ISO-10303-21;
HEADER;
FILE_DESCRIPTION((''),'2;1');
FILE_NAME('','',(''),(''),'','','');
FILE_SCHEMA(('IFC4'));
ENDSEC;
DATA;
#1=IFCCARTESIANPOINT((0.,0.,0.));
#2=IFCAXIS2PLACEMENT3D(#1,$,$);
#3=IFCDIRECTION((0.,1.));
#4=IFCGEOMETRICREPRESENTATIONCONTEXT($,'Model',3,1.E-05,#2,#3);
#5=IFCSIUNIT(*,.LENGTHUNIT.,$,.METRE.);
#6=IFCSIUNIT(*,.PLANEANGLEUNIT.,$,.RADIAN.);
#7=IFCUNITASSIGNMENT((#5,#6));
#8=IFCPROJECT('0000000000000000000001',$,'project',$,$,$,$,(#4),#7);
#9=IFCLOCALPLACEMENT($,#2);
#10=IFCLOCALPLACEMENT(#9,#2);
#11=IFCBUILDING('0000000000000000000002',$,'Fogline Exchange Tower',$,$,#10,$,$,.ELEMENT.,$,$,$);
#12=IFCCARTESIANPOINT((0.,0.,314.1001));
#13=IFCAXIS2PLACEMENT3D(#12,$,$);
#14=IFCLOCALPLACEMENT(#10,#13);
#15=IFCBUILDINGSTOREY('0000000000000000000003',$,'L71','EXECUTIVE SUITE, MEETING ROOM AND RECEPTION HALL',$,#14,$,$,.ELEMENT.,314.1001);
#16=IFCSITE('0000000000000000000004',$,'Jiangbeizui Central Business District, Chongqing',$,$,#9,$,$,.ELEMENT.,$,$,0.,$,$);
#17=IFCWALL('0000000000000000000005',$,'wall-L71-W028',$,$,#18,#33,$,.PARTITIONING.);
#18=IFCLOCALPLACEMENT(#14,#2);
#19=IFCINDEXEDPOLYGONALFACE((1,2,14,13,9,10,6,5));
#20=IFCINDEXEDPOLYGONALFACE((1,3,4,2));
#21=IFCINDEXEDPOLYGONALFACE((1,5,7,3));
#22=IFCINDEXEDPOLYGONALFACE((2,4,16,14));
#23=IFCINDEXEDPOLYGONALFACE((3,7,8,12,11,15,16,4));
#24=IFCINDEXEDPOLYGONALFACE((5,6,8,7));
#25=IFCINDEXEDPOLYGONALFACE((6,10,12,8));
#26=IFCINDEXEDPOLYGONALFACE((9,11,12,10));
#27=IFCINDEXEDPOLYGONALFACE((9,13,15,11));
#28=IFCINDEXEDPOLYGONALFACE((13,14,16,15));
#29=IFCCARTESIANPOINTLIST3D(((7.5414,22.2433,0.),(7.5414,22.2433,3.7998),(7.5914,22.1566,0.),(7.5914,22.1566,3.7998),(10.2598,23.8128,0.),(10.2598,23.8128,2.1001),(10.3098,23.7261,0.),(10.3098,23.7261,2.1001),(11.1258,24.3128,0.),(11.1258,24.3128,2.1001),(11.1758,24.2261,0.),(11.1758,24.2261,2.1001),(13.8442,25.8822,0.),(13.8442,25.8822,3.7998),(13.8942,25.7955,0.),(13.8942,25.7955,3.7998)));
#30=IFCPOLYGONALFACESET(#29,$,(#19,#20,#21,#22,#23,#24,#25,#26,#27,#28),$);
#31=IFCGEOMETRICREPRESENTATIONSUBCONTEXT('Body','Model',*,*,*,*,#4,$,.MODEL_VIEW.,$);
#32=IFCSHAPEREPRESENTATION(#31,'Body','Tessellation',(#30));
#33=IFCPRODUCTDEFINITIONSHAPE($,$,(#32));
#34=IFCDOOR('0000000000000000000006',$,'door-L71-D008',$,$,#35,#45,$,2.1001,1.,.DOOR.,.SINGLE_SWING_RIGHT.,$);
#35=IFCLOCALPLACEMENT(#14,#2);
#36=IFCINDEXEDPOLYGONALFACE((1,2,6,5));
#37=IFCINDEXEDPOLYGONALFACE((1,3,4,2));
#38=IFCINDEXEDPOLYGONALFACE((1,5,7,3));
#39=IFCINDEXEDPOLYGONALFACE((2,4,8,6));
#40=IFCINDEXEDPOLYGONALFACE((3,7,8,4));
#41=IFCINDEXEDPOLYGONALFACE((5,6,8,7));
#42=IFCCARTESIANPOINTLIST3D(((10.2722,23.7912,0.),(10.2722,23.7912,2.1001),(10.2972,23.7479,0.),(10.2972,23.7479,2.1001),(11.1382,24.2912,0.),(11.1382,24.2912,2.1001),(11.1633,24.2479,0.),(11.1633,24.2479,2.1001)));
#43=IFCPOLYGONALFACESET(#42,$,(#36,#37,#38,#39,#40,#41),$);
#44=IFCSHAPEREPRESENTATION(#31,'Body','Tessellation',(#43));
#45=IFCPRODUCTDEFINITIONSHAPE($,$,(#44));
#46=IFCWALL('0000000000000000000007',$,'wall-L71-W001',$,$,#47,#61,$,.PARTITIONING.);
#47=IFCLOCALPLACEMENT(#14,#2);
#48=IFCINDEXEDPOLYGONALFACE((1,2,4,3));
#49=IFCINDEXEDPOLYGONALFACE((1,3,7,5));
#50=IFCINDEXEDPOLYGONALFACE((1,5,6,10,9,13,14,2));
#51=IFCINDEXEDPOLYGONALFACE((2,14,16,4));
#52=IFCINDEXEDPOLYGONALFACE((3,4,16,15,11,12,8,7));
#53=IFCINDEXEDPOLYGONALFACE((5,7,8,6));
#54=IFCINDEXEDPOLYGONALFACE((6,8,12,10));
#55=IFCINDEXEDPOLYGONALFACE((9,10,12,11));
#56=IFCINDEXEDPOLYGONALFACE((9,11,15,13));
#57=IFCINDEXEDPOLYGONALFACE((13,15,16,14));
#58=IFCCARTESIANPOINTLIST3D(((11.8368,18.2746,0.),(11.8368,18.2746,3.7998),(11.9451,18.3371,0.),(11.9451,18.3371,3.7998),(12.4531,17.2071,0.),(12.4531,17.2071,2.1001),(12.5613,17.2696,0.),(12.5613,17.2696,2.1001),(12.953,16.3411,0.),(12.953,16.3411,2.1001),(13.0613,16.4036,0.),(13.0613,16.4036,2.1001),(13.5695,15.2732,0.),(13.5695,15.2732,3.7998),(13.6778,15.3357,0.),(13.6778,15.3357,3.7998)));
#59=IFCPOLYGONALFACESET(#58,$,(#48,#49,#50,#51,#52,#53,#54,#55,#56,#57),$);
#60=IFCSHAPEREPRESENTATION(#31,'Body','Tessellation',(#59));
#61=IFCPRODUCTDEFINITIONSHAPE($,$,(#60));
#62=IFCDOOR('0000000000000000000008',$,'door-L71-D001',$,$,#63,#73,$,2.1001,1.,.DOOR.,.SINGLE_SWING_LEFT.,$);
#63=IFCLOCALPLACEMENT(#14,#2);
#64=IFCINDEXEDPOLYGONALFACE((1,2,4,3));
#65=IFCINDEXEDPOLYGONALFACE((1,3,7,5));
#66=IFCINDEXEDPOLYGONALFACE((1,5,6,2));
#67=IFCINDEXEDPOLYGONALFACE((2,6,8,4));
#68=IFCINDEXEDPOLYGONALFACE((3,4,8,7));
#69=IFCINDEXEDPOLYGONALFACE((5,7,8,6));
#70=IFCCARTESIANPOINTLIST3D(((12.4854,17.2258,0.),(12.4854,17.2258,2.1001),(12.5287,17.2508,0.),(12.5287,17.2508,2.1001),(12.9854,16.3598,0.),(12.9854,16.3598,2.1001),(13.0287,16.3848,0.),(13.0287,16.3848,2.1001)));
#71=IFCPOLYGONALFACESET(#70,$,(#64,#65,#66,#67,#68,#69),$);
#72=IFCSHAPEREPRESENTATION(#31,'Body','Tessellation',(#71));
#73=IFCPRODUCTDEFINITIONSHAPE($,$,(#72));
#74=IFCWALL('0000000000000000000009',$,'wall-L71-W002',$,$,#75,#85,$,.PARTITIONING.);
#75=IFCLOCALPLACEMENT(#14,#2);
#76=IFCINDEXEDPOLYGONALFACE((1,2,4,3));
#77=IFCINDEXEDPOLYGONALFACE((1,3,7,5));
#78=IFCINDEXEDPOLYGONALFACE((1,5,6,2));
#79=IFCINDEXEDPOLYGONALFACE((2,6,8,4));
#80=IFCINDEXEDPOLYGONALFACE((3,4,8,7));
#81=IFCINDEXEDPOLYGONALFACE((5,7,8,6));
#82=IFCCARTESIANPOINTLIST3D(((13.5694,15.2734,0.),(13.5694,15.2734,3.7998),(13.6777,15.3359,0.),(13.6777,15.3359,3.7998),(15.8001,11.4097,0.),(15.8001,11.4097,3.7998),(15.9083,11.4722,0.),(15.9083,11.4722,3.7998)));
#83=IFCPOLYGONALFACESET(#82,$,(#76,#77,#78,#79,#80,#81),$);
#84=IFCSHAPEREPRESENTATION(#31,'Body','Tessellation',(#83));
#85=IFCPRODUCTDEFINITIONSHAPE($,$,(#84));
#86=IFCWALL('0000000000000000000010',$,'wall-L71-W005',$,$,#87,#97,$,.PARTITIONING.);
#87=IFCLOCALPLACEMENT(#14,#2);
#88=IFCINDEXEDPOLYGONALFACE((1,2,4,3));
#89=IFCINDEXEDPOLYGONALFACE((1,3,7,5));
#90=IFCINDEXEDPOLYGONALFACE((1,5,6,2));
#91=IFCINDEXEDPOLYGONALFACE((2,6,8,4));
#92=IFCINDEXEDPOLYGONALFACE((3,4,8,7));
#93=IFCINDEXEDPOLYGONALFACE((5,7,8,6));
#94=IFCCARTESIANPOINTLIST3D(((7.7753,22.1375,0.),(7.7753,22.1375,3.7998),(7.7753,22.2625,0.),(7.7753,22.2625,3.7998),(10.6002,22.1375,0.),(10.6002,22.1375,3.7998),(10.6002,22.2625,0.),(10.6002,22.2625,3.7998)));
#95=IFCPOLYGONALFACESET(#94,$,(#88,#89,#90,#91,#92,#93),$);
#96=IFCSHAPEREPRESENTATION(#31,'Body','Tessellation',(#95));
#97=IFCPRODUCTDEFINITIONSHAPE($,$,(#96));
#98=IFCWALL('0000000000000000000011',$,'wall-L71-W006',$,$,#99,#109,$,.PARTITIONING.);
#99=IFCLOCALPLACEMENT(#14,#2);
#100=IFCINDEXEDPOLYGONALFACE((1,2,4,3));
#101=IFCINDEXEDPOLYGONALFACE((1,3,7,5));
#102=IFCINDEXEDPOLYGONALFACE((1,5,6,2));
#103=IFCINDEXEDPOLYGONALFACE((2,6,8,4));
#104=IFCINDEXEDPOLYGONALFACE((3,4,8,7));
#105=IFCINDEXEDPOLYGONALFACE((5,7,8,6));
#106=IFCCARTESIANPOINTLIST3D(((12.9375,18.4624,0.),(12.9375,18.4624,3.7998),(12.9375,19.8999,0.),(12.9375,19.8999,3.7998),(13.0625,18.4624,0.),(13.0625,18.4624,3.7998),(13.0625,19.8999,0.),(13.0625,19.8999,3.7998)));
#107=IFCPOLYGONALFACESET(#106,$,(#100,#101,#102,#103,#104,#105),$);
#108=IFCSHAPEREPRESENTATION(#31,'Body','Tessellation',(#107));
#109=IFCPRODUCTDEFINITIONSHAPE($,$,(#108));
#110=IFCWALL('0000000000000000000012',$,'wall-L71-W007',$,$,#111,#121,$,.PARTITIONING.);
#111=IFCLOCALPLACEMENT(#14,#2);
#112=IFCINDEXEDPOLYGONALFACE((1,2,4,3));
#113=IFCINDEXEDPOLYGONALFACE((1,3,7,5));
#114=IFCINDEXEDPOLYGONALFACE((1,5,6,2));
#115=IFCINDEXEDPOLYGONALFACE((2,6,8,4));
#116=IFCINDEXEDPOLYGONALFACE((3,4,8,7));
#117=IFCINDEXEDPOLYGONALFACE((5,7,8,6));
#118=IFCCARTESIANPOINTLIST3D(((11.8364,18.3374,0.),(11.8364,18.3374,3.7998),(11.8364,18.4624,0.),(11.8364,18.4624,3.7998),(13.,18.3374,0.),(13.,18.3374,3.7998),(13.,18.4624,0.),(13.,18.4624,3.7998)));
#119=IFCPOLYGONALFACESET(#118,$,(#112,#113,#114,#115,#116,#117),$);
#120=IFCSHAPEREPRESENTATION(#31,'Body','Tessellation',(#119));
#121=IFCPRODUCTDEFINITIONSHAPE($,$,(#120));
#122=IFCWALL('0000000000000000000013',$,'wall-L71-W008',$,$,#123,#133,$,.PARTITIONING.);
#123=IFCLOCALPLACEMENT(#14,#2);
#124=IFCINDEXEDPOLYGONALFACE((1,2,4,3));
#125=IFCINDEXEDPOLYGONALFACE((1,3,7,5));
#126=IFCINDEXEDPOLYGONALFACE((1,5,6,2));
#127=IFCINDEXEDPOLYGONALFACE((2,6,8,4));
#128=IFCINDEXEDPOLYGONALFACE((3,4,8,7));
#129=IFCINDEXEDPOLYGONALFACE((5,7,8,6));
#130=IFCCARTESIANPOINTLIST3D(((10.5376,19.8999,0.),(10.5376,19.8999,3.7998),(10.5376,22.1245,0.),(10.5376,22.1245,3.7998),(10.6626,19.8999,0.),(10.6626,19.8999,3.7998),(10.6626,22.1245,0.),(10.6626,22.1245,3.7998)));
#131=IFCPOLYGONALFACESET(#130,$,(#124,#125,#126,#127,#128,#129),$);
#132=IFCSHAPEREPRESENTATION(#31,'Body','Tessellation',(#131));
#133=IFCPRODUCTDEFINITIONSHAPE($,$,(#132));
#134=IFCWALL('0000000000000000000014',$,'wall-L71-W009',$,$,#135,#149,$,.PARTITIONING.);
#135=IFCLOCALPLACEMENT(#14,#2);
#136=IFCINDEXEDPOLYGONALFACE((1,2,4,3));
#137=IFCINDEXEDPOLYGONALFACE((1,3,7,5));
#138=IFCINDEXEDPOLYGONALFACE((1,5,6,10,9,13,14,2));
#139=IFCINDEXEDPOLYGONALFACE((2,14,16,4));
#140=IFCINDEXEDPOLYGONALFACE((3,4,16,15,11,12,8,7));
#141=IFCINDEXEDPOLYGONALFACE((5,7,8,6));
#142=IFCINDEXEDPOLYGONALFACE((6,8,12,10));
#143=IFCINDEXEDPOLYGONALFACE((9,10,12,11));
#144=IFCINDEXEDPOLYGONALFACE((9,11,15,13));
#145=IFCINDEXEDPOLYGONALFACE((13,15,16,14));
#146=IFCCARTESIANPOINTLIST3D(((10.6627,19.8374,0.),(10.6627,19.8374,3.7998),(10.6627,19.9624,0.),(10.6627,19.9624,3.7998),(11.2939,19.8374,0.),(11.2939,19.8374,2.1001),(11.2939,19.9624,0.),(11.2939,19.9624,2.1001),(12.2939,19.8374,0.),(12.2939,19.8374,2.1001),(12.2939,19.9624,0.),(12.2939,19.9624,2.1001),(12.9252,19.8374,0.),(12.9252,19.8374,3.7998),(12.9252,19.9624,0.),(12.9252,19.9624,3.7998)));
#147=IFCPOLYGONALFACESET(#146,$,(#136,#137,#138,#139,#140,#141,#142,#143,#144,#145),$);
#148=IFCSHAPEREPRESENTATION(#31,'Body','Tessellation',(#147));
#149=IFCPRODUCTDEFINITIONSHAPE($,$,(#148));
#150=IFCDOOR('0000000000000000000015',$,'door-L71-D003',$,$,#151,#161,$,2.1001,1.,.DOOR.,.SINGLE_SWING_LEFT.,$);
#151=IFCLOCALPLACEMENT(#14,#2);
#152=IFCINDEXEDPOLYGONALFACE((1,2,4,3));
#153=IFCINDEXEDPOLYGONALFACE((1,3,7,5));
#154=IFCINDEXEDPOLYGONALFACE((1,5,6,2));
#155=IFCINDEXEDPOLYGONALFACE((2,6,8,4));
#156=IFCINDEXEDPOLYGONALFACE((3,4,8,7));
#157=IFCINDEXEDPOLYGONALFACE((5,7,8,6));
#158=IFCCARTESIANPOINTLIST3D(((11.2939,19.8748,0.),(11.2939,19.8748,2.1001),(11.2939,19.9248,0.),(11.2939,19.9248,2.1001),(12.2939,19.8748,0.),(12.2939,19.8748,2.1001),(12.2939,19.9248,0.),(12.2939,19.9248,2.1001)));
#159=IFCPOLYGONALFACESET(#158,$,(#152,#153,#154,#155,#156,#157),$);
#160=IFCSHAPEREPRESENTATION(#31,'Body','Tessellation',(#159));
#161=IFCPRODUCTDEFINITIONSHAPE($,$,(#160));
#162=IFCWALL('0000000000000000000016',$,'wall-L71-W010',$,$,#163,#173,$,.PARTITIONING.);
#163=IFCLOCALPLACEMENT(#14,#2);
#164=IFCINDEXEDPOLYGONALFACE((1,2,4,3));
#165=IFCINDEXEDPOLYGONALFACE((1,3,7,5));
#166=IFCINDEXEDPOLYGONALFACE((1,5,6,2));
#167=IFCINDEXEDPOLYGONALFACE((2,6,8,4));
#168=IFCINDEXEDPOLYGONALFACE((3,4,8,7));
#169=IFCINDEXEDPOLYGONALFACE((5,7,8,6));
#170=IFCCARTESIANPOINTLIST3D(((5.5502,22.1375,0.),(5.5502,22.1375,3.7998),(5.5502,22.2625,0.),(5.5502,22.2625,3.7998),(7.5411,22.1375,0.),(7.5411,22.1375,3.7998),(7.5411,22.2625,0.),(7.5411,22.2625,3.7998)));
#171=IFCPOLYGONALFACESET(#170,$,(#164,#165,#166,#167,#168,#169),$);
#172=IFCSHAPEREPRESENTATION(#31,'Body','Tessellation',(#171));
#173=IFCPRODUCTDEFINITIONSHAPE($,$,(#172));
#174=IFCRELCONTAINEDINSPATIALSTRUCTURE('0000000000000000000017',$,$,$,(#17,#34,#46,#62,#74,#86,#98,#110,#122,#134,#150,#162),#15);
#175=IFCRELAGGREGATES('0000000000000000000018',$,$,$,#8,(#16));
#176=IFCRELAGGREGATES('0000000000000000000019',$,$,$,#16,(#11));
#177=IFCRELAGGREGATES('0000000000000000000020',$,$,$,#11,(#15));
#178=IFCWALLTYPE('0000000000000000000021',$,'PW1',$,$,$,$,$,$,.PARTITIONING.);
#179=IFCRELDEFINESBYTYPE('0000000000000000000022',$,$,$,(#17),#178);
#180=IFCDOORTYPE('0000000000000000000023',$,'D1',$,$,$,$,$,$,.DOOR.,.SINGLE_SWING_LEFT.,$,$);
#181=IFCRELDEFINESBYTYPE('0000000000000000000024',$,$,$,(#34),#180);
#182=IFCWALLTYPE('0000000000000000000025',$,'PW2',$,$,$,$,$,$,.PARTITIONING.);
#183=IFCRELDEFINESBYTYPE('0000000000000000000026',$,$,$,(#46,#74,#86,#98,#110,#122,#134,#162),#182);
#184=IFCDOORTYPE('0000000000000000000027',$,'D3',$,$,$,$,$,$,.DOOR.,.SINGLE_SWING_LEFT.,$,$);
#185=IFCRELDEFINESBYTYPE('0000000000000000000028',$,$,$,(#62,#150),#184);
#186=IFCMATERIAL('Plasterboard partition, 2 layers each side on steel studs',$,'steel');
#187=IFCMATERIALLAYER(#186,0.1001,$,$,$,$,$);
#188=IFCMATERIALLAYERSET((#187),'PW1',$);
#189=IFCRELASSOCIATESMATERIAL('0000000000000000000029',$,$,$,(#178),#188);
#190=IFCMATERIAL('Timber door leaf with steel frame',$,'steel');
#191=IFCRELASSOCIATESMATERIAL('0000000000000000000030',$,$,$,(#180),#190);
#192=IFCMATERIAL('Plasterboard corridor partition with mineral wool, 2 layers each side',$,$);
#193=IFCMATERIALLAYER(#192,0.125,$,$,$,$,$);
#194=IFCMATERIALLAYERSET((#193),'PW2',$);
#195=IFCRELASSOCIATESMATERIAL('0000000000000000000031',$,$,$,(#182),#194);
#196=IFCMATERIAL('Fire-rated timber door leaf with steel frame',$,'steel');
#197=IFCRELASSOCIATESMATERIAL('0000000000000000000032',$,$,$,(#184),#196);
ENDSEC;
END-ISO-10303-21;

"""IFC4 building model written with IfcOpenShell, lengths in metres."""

from ifc_helpers import new_model, si_unit, direction, frame, frame_2d, origin, place, context, subcontext, project, spatial, rectangle, extrude, material, layer, layer_set, type_object, element, fill, save


model = new_model("IFC4")

# Units and contexts
model_context = context("Model", 3, precision=1e-05, world=origin(), true_north=direction((0.0, 1.0)))
body_context = subcontext(model_context, "Body", "Model", "MODEL_VIEW")
ifc_project = project(units=[si_unit("LENGTHUNIT", "METRE"), si_unit("PLANEANGLEUNIT", "RADIAN")], contexts=[model_context])

# Site, building, storey
site_placement = place(None, origin())
site = spatial("IfcSite", under=ifc_project, at=site_placement, Name="Jiangbeizui Central Business District, Chongqing", CompositionType="ELEMENT", RefElevation=0.0)
building_placement = place(site_placement, origin())
building = spatial("IfcBuilding", under=site, at=building_placement, Name="Fogline Exchange Tower", CompositionType="ELEMENT")
storey_placement = place(building_placement, frame((0.0, 0.0, 314.1001)))
storey = spatial("IfcBuildingStorey", under=building, at=storey_placement, Name="L71", Description="EXECUTIVE SUITE, MEETING ROOM AND RECEPTION HALL", CompositionType="ELEMENT", Elevation=314.1001)

# Walls, openings, doors
ifc_material_1 = material(Name="Plasterboard partition, 2 layers each side on steel studs", Category="steel")
ifc_layer_1 = layer(ifc_material_1, 0.1001)
ifc_layer_set_1 = layer_set([ifc_layer_1], Name="PW1")
wall_type_1 = type_object("IfcWallType", Name="PW1", PredefinedType="PARTITIONING", material=ifc_layer_set_1)
wall_1_placement = place(storey_placement, frame((7.5664, 22.2, 0.0), z_axis=(0.0, 0.0, 1.0), x_axis=(0.866024, 0.500003, 0.0)))
wall_1 = element("IfcWall", 1, at=wall_1_placement, inside=storey, type_object=wall_type_1, Name="wall-L71-W028", PredefinedType="PARTITIONING", context=body_context, shape_type="SweptSolid", body=[
    extrude(rectangle(XDim=7.2778, YDim=0.1001, at=frame_2d((3.6389, 0.0))), origin(), (0.0, 0.0, 1.0), 3.7998),
])
opening_1_placement = place(wall_1_placement, frame((3.1389, 0.0, 0.0)))
opening_1 = element("IfcOpeningElement", 2, at=opening_1_placement, cuts=wall_1, PredefinedType="OPENING", context=body_context, shape_type="SweptSolid", body=[
    extrude(rectangle(XDim=1.0, YDim=2.1001, at=frame_2d((0.5, 1.05))), frame((0.0, 0.0601, 0.0), z_axis=(0.0, -1.0, 0.0), x_axis=(1.0, 0.0, 0.0)), (0.0, 0.0, 1.0), 0.1201),
])
ifc_material_2 = material(Name="Timber door leaf with steel frame", Category="steel")
door_type_1 = type_object("IfcDoorType", Name="D1", OperationType="SINGLE_SWING_LEFT", PredefinedType="DOOR", material=ifc_material_2)
door_1_placement = place(opening_1_placement, frame((1.0, 0.0, 0.0), z_axis=(0.0, 0.0, 1.0), x_axis=(-1.0, 0.0, 0.0)))
door_1 = element("IfcDoor", 3, at=door_1_placement, inside=storey, type_object=door_type_1, Name="door-L71-D008", OperationType="SINGLE_SWING_RIGHT", OverallHeight=2.1001, OverallWidth=1.0, PredefinedType="DOOR", context=body_context, shape_type="SweptSolid", body=[
    extrude(rectangle(XDim=1.0, YDim=2.1001, at=frame_2d((0.5, 1.05))), frame((0.0, 0.0249, 0.0), z_axis=(0.0, -1.0, 0.0), x_axis=(1.0, 0.0, 0.0)), (0.0, 0.0, 1.0), 0.05),
])
fill(opening_1, door_1)
ifc_material_3 = material(Name="Plasterboard corridor partition with mineral wool, 2 layers each side")
ifc_layer_2 = layer(ifc_material_3, 0.125)
ifc_layer_set_2 = layer_set([ifc_layer_2], Name="PW2")
wall_type_2 = type_object("IfcWallType", Name="PW2", PredefinedType="PARTITIONING", material=ifc_layer_set_2)
wall_2_placement = place(storey_placement, frame((11.8909, 18.3059, 0.0), z_axis=(0.0, 0.0, 1.0), x_axis=(0.499981, -0.866037, 0.0)))
wall_2 = element("IfcWall", 4, at=wall_2_placement, inside=storey, type_object=wall_type_2, Name="wall-L71-W001", PredefinedType="PARTITIONING", context=body_context, shape_type="SweptSolid", body=[
    extrude(rectangle(XDim=3.4656, YDim=0.125, at=frame_2d((1.7329, 0.0))), origin(), (0.0, 0.0, 1.0), 3.7998),
])
opening_2_placement = place(wall_2_placement, frame((1.2327, 0.0, 0.0)))
opening_2 = element("IfcOpeningElement", 5, at=opening_2_placement, cuts=wall_2, PredefinedType="OPENING", context=body_context, shape_type="SweptSolid", body=[
    extrude(rectangle(XDim=1.0, YDim=2.1001, at=frame_2d((0.5, 1.05))), frame((0.0, 0.0725, 0.0), z_axis=(0.0, -1.0, 0.0), x_axis=(1.0, 0.0, 0.0)), (0.0, 0.0, 1.0), 0.145),
])
ifc_material_4 = material(Name="Fire-rated timber door leaf with steel frame", Category="steel")
door_type_2 = type_object("IfcDoorType", Name="D3", OperationType="SINGLE_SWING_LEFT", PredefinedType="DOOR", material=ifc_material_4)
door_2_placement = place(opening_2_placement, origin())
door_2 = element("IfcDoor", 6, at=door_2_placement, inside=storey, type_object=door_type_2, Name="door-L71-D001", OperationType="SINGLE_SWING_LEFT", OverallHeight=2.1001, OverallWidth=1.0, PredefinedType="DOOR", context=body_context, shape_type="SweptSolid", body=[
    extrude(rectangle(XDim=1.0, YDim=2.1001, at=frame_2d((0.5, 1.05))), frame((0.0, 0.0249, 0.0), z_axis=(0.0, -1.0, 0.0), x_axis=(1.0, 0.0, 0.0)), (0.0, 0.0, 1.0), 0.05),
])
fill(opening_2, door_2)

# Walls
wall_3_placement = place(storey_placement, frame((13.6235, 15.3047, 0.0), z_axis=(0.0, 0.0, 1.0), x_axis=(0.499994, -0.866029, 0.0)))
element("IfcWall", 7, at=wall_3_placement, inside=storey, type_object=wall_type_2, Name="wall-L71-W002", PredefinedType="PARTITIONING", context=body_context, shape_type="SweptSolid", body=[
    extrude(rectangle(XDim=4.4614, YDim=0.125, at=frame_2d((2.2307, 0.0))), origin(), (0.0, 0.0, 1.0), 3.7998),
])
wall_4_placement = place(storey_placement, frame((7.7751, 22.2, 0.0), z_axis=(0.0, 0.0, 1.0), x_axis=(1.0, 0.0, 0.0)))
element("IfcWall", 8, at=wall_4_placement, inside=storey, type_object=wall_type_2, Name="wall-L71-W005", PredefinedType="PARTITIONING", context=body_context, shape_type="SweptSolid", body=[
    extrude(rectangle(XDim=2.825, YDim=0.125, at=frame_2d((1.4126, 0.0))), origin(), (0.0, 0.0, 1.0), 3.7998),
])
wall_5_placement = place(storey_placement, frame((13.0, 19.8999, 0.0), z_axis=(0.0, 0.0, 1.0), x_axis=(0.0, -1.0, 0.0)))
element("IfcWall", 9, at=wall_5_placement, inside=storey, type_object=wall_type_2, Name="wall-L71-W006", PredefinedType="PARTITIONING", context=body_context, shape_type="SweptSolid", body=[
    extrude(rectangle(XDim=1.4375, YDim=0.125, at=frame_2d((0.7188, 0.0))), origin(), (0.0, 0.0, 1.0), 3.7998),
])
wall_6_placement = place(storey_placement, frame((13.0, 18.3999, 0.0), z_axis=(0.0, 0.0, 1.0), x_axis=(-1.0, 0.0, 0.0)))
element("IfcWall", 10, at=wall_6_placement, inside=storey, type_object=wall_type_2, Name="wall-L71-W007", PredefinedType="PARTITIONING", context=body_context, shape_type="SweptSolid", body=[
    extrude(rectangle(XDim=1.1636, YDim=0.125, at=frame_2d((0.5818, 0.0))), origin(), (0.0, 0.0, 1.0), 3.7998),
])
wall_7_placement = place(storey_placement, frame((10.6001, 22.1245, 0.0), z_axis=(0.0, 0.0, 1.0), x_axis=(0.0, -1.0, 0.0)))
element("IfcWall", 11, at=wall_7_placement, inside=storey, type_object=wall_type_2, Name="wall-L71-W008", PredefinedType="PARTITIONING", context=body_context, shape_type="SweptSolid", body=[
    extrude(rectangle(XDim=2.2246, YDim=0.125, at=frame_2d((1.1123, 0.0))), origin(), (0.0, 0.0, 1.0), 3.7998),
])

# Wall, opening, door
wall_8_placement = place(storey_placement, frame((10.6626, 19.8999, 0.0), z_axis=(0.0, 0.0, 1.0), x_axis=(1.0, 0.0, 0.0)))
wall_8 = element("IfcWall", 12, at=wall_8_placement, inside=storey, type_object=wall_type_2, Name="wall-L71-W009", PredefinedType="PARTITIONING", context=body_context, shape_type="SweptSolid", body=[
    extrude(rectangle(XDim=2.2625, YDim=0.125, at=frame_2d((1.1313, 0.0))), origin(), (0.0, 0.0, 1.0), 3.7998),
])
opening_3_placement = place(wall_8_placement, frame((0.6313, 0.0, 0.0)))
opening_3 = element("IfcOpeningElement", 13, at=opening_3_placement, cuts=wall_8, PredefinedType="OPENING", context=body_context, shape_type="SweptSolid", body=[
    extrude(rectangle(XDim=1.0, YDim=2.1001, at=frame_2d((0.5, 1.05))), frame((0.0, 0.0725, 0.0), z_axis=(0.0, -1.0, 0.0), x_axis=(1.0, 0.0, 0.0)), (0.0, 0.0, 1.0), 0.145),
])
door_3_placement = place(opening_3_placement, origin())
door_3 = element("IfcDoor", 14, at=door_3_placement, inside=storey, type_object=door_type_2, Name="door-L71-D003", OperationType="SINGLE_SWING_LEFT", OverallHeight=2.1001, OverallWidth=1.0, PredefinedType="DOOR", context=body_context, shape_type="SweptSolid", body=[
    extrude(rectangle(XDim=1.0, YDim=2.1001, at=frame_2d((0.5, 1.05))), frame((0.0, 0.0249, 0.0), z_axis=(0.0, -1.0, 0.0), x_axis=(1.0, 0.0, 0.0)), (0.0, 0.0, 1.0), 0.05),
])
fill(opening_3, door_3)

# Wall
wall_9_placement = place(storey_placement, frame((5.55, 22.2, 0.0), z_axis=(0.0, 0.0, 1.0), x_axis=(1.0, 0.0, 0.0)))
element("IfcWall", 15, at=wall_9_placement, inside=storey, type_object=wall_type_2, Name="wall-L71-W010", PredefinedType="PARTITIONING", context=body_context, shape_type="SweptSolid", body=[
    extrude(rectangle(XDim=1.991, YDim=0.125, at=frame_2d((0.9956, 0.0))), origin(), (0.0, 0.0, 1.0), 3.7998),
])

save(model, "model.ifc")
